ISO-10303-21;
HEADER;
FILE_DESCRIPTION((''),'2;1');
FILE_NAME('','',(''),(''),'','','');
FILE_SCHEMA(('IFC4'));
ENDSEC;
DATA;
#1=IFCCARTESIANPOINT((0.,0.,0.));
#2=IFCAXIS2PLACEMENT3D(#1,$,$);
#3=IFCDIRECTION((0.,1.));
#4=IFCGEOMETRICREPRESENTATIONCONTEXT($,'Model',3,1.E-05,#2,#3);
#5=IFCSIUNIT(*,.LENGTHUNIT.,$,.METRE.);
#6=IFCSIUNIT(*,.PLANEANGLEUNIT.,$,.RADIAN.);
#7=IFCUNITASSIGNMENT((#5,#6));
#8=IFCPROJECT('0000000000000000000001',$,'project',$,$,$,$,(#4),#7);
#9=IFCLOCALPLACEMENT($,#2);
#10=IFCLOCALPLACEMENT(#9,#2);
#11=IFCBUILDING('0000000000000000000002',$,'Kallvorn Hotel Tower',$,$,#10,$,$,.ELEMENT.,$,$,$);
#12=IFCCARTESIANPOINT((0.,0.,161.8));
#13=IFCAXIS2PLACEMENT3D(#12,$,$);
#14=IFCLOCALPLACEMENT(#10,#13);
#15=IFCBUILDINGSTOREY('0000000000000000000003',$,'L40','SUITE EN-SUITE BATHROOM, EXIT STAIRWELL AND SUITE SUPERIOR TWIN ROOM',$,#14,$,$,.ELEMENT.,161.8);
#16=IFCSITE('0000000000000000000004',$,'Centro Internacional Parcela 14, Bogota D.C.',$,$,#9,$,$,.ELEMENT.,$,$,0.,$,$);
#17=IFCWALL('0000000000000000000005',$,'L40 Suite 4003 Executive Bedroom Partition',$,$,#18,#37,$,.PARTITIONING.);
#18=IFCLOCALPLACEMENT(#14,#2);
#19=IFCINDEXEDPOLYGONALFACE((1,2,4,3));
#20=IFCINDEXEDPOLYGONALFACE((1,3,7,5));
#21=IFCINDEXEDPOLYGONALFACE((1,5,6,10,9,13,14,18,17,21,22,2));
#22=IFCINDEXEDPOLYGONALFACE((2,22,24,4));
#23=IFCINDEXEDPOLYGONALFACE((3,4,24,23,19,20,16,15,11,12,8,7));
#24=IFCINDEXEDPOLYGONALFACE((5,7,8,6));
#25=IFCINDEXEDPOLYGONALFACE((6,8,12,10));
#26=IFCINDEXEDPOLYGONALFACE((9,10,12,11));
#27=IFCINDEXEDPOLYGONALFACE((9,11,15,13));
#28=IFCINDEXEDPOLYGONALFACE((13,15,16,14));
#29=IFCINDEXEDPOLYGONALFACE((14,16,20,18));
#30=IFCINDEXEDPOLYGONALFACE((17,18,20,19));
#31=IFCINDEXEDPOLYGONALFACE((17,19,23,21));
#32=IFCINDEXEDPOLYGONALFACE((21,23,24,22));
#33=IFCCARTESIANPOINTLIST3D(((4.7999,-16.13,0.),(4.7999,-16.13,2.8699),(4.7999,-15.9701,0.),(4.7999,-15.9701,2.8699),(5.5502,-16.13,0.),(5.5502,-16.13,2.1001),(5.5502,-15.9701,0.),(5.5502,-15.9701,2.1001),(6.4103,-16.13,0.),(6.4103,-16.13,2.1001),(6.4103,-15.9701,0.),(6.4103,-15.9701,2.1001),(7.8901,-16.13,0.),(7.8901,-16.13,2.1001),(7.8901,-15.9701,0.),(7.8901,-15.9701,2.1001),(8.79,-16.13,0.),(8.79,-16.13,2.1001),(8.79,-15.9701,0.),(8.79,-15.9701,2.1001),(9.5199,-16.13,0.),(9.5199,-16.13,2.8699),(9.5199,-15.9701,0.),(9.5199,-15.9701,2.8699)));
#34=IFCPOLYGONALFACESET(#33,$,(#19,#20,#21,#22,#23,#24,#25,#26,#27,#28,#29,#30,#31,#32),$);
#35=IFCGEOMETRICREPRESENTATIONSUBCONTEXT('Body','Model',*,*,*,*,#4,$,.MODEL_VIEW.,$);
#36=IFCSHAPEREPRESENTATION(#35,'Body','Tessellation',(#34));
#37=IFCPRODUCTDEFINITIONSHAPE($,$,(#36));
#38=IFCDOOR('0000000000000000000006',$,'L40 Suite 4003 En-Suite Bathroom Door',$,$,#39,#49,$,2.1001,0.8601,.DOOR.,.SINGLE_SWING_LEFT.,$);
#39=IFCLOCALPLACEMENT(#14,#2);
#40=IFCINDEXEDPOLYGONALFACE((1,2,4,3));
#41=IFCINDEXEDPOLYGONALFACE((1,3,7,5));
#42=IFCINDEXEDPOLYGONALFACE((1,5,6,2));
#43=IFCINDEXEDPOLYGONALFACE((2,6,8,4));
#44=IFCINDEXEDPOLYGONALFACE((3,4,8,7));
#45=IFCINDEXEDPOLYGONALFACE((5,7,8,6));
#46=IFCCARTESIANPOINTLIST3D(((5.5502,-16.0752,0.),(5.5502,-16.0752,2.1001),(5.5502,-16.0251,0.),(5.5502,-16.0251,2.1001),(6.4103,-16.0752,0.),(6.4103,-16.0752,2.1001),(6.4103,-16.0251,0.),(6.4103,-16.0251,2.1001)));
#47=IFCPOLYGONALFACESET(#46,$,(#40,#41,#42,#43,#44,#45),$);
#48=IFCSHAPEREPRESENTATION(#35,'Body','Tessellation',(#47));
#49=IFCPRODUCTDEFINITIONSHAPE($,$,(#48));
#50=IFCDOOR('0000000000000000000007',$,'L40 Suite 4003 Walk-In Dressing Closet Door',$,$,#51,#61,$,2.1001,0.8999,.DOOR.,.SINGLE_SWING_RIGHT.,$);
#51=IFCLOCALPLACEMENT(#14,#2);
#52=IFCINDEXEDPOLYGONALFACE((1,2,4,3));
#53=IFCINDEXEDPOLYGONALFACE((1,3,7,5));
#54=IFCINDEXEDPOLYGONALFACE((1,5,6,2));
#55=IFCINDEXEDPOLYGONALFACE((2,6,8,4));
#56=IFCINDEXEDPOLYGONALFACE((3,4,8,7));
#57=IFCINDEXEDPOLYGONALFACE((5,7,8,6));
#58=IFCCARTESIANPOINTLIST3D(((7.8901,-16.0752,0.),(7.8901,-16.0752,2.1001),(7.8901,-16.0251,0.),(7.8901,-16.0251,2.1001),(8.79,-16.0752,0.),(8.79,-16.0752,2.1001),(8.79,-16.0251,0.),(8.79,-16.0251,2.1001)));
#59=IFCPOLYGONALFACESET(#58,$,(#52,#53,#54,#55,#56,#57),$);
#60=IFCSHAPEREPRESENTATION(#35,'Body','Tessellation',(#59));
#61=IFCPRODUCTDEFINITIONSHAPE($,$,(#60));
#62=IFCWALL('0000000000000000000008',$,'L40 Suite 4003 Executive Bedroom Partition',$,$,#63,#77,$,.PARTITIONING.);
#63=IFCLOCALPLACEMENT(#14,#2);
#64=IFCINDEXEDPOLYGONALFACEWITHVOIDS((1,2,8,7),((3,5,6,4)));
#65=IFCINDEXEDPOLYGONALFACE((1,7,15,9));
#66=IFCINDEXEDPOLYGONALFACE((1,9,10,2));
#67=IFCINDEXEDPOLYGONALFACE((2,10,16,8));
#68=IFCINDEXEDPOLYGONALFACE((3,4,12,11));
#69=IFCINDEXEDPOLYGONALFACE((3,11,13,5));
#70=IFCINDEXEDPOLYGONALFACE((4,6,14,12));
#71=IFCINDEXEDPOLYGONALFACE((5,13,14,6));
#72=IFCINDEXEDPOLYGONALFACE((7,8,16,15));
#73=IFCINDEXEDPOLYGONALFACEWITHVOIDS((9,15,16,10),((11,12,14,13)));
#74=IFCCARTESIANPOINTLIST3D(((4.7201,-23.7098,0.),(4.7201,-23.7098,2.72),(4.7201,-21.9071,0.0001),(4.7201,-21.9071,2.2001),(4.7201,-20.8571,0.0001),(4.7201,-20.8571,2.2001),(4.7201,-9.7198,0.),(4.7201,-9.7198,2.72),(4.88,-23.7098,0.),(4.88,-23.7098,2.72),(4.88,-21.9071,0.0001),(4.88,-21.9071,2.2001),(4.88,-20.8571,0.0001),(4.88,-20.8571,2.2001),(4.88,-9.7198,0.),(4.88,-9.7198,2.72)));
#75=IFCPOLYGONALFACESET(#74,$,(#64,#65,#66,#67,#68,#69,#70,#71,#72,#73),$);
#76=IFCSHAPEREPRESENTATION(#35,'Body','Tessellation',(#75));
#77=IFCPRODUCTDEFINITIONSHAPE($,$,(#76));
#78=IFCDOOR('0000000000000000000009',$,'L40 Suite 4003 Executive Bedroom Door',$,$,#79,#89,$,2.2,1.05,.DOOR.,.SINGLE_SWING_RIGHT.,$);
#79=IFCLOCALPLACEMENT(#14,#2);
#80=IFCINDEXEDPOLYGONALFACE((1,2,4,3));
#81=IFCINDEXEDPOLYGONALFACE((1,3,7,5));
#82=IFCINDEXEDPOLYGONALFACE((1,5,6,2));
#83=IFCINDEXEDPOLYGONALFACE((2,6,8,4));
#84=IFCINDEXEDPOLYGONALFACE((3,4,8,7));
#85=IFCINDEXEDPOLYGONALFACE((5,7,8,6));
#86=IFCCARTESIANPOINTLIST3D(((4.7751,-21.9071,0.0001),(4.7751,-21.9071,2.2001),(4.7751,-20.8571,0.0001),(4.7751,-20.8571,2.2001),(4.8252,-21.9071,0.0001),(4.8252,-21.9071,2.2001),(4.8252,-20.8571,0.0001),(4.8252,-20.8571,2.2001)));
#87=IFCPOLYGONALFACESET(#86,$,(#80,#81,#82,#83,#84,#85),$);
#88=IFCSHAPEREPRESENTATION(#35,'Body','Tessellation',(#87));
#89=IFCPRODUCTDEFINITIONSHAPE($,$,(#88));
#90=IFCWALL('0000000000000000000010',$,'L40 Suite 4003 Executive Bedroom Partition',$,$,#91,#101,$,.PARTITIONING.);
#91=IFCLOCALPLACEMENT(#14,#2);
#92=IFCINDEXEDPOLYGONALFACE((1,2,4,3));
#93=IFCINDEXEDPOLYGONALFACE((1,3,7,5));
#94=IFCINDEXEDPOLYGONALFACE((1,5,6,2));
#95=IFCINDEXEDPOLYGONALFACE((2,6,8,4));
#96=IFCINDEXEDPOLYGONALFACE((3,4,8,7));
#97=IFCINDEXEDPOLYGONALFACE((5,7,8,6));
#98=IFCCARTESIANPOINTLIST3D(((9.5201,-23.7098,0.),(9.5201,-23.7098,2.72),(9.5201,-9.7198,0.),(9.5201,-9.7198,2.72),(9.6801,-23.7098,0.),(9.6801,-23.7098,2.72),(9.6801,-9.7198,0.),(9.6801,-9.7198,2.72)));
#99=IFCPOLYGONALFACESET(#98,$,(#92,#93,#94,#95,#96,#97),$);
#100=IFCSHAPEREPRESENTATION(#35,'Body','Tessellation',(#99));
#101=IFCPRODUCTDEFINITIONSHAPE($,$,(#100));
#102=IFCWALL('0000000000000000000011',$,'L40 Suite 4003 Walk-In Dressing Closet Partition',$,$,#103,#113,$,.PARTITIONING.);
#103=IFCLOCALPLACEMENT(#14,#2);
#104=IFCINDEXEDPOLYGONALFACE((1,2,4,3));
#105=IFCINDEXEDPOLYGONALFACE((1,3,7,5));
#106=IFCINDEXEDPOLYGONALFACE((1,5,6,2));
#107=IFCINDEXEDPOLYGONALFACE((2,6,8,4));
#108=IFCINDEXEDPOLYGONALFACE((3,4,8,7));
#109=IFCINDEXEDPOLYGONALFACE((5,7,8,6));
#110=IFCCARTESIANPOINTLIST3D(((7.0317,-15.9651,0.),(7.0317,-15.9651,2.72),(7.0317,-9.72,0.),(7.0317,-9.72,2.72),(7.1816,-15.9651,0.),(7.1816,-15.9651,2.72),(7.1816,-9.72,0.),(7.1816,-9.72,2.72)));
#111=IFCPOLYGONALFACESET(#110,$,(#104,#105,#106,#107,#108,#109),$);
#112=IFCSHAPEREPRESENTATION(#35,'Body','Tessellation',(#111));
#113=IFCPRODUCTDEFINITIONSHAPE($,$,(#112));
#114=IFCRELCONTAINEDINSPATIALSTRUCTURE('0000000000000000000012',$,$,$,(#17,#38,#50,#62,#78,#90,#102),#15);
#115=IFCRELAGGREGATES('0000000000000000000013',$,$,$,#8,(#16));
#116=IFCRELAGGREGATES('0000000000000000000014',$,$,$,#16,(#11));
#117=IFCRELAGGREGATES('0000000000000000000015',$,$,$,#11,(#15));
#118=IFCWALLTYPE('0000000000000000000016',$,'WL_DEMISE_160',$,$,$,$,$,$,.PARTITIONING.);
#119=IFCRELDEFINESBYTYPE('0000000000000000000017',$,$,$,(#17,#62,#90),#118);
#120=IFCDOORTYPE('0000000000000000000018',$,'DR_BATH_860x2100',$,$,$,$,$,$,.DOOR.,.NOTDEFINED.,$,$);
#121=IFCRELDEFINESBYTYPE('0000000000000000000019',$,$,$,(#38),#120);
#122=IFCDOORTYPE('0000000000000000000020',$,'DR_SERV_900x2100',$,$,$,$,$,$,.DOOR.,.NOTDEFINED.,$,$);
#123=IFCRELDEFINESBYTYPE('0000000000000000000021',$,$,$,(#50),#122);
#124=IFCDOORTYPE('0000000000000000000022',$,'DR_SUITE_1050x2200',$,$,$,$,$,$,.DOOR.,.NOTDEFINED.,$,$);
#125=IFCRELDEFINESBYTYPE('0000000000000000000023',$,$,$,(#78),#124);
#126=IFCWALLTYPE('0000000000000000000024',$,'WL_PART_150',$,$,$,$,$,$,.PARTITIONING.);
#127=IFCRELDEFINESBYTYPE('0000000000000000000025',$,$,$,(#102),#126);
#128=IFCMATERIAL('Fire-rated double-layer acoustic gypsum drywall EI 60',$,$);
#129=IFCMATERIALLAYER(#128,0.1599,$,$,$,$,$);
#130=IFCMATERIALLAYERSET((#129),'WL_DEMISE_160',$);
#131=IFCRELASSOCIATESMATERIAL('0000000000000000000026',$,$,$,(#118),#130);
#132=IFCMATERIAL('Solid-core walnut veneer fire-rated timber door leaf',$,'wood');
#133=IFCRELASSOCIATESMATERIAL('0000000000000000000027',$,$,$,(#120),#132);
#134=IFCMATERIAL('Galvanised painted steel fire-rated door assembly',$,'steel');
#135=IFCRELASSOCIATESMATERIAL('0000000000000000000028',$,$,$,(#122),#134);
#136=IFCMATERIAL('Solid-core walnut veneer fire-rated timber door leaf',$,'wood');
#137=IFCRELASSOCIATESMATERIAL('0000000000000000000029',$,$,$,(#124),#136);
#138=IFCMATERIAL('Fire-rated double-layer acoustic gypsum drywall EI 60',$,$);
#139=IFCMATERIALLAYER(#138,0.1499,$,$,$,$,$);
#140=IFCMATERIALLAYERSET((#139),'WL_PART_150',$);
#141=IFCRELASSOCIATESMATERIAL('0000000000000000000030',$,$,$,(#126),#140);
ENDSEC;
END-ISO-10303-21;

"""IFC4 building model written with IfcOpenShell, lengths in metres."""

from ifc_helpers import new_model, si_unit, direction, frame, frame_2d, origin, place, context, subcontext, project, spatial, rectangle, extrude, material, layer, layer_set, type_object, element, fill, save


model = new_model("IFC4")

# Units and contexts
model_context = context("Model", 3, precision=1e-05, world=origin(), true_north=direction((0.0, 1.0)))
body_context = subcontext(model_context, "Body", "Model", "MODEL_VIEW")
ifc_project = project(units=[si_unit("LENGTHUNIT", "METRE"), si_unit("PLANEANGLEUNIT", "RADIAN")], contexts=[model_context])

# Site, building, storey
site_placement = place(None, origin())
site = spatial("IfcSite", under=ifc_project, at=site_placement, Name="Centro Internacional Parcela 14, Bogota D.C.", CompositionType="ELEMENT", RefElevation=0.0)
building_placement = place(site_placement, origin())
building = spatial("IfcBuilding", under=site, at=building_placement, Name="Kallvorn Hotel Tower", CompositionType="ELEMENT")
storey_placement = place(building_placement, frame((0.0, 0.0, 161.8)))
storey = spatial("IfcBuildingStorey", under=building, at=storey_placement, Name="L40", Description="SUITE EN-SUITE BATHROOM, EXIT STAIRWELL AND SUITE SUPERIOR TWIN ROOM", CompositionType="ELEMENT", Elevation=161.8)

# Wall, openings, doors
ifc_material_1 = material(Name="Fire-rated double-layer acoustic gypsum drywall EI 60")
ifc_layer_1 = layer(ifc_material_1, 0.1599)
ifc_layer_set_1 = layer_set([ifc_layer_1], Name="WL_DEMISE_160")
wall_type_1 = type_object("IfcWallType", Name="WL_DEMISE_160", PredefinedType="PARTITIONING", material=ifc_layer_set_1)
wall_1_placement = place(storey_placement, frame((4.8, -16.05, 0.0), z_axis=(0.0, 0.0, 1.0), x_axis=(1.0, 0.0, 0.0)))
wall_1 = element("IfcWall", 1, at=wall_1_placement, inside=storey, type_object=wall_type_1, Name="L40 Suite 4003 Executive Bedroom Partition", PredefinedType="PARTITIONING", context=body_context, shape_type="SweptSolid", body=[
    extrude(rectangle(XDim=4.72, YDim=0.1599, at=frame_2d((2.3599, 0.0))), origin(), (0.0, 0.0, 1.0), 2.8699),
])
opening_1_placement = place(wall_1_placement, frame((0.75, 0.0, 0.0)))
opening_1 = element("IfcOpeningElement", 2, at=opening_1_placement, cuts=wall_1, PredefinedType="OPENING", context=body_context, shape_type="SweptSolid", body=[
    extrude(rectangle(XDim=0.8601, YDim=2.1001, at=frame_2d((0.4302, 1.05))), frame((0.0, 0.095, 0.0), z_axis=(0.0, -1.0, 0.0), x_axis=(1.0, 0.0, 0.0)), (0.0, 0.0, 1.0), 0.1899),
])
opening_2_placement = place(wall_1_placement, frame((3.0901, 0.0, 0.0)))
opening_2 = element("IfcOpeningElement", 3, at=opening_2_placement, cuts=wall_1, PredefinedType="OPENING", context=body_context, shape_type="SweptSolid", body=[
    extrude(rectangle(XDim=0.8999, YDim=2.1001, at=frame_2d((0.45, 1.05))), frame((0.0, 0.095, 0.0), z_axis=(0.0, -1.0, 0.0), x_axis=(1.0, 0.0, 0.0)), (0.0, 0.0, 1.0), 0.1899),
])
ifc_material_2 = material(Name="Solid-core walnut veneer fire-rated timber door leaf", Category="wood")
door_type_1 = type_object("IfcDoorType", Name="DR_BATH_860x2100", OperationType="NOTDEFINED", PredefinedType="DOOR", material=ifc_material_2)
door_1_placement = place(opening_1_placement, origin())
door_1 = element("IfcDoor", 4, at=door_1_placement, inside=storey, type_object=door_type_1, Name="L40 Suite 4003 En-Suite Bathroom Door", OperationType="SINGLE_SWING_LEFT", OverallHeight=2.1001, OverallWidth=0.8601, PredefinedType="DOOR", context=body_context, shape_type="SweptSolid", body=[
    extrude(rectangle(XDim=0.8601, YDim=2.1001, at=frame_2d((0.4302, 1.05))), frame((0.0, 0.0249, 0.0), z_axis=(0.0, -1.0, 0.0), x_axis=(1.0, 0.0, 0.0)), (0.0, 0.0, 1.0), 0.05),
])
fill(opening_1, door_1)
ifc_material_3 = material(Name="Galvanised painted steel fire-rated door assembly", Category="steel")
door_type_2 = type_object("IfcDoorType", Name="DR_SERV_900x2100", OperationType="NOTDEFINED", PredefinedType="DOOR", material=ifc_material_3)
door_2_placement = place(opening_2_placement, origin())
door_2 = element("IfcDoor", 5, at=door_2_placement, inside=storey, type_object=door_type_2, Name="L40 Suite 4003 Walk-In Dressing Closet Door", OperationType="SINGLE_SWING_RIGHT", OverallHeight=2.1001, OverallWidth=0.8999, PredefinedType="DOOR", context=body_context, shape_type="SweptSolid", body=[
    extrude(rectangle(XDim=0.8999, YDim=2.1001, at=frame_2d((0.45, 1.05))), frame((0.0, 0.0249, 0.0), z_axis=(0.0, -1.0, 0.0), x_axis=(1.0, 0.0, 0.0)), (0.0, 0.0, 1.0), 0.05),
])
fill(opening_2, door_2)

# Wall, opening, door
wall_2_placement = place(storey_placement, frame((4.8, -23.71, 0.0), z_axis=(0.0, 0.0, 1.0), x_axis=(0.0, 1.0, 0.0)))
wall_2 = element("IfcWall", 6, at=wall_2_placement, inside=storey, type_object=wall_type_1, Name="L40 Suite 4003 Executive Bedroom Partition", PredefinedType="PARTITIONING", context=body_context, shape_type="SweptSolid", body=[
    extrude(rectangle(XDim=13.99, YDim=0.1599, at=frame_2d((6.9951, 0.0))), origin(), (0.0, 0.0, 1.0), 2.72),
])
opening_3_placement = place(wall_2_placement, frame((1.803, 0.0, 0.0)))
opening_3 = element("IfcOpeningElement", 7, at=opening_3_placement, cuts=wall_2, PredefinedType="OPENING", context=body_context, shape_type="SweptSolid", body=[
    extrude(rectangle(XDim=1.05, YDim=2.2, at=frame_2d((0.5249, 1.1001))), frame((0.0, 0.095, 0.0), z_axis=(0.0, -1.0, 0.0), x_axis=(1.0, 0.0, 0.0)), (0.0, 0.0, 1.0), 0.1899),
])
ifc_material_4 = material(Name="Solid-core walnut veneer fire-rated timber door leaf", Category="wood")
door_type_3 = type_object("IfcDoorType", Name="DR_SUITE_1050x2200", OperationType="NOTDEFINED", PredefinedType="DOOR", material=ifc_material_4)
door_3_placement = place(opening_3_placement, origin())
door_3 = element("IfcDoor", 8, at=door_3_placement, inside=storey, type_object=door_type_3, Name="L40 Suite 4003 Executive Bedroom Door", OperationType="SINGLE_SWING_RIGHT", OverallHeight=2.2, OverallWidth=1.05, PredefinedType="DOOR", context=body_context, shape_type="SweptSolid", body=[
    extrude(rectangle(XDim=1.05, YDim=2.2, at=frame_2d((0.5249, 1.1001))), frame((0.0, 0.0249, 0.0), z_axis=(0.0, -1.0, 0.0), x_axis=(1.0, 0.0, 0.0)), (0.0, 0.0, 1.0), 0.05),
])
fill(opening_3, door_3)

# Walls
wall_3_placement = place(storey_placement, frame((9.6001, -23.71, 0.0), z_axis=(0.0, 0.0, 1.0), x_axis=(0.0, 1.0, 0.0)))
element("IfcWall", 9, at=wall_3_placement, inside=storey, type_object=wall_type_1, Name="L40 Suite 4003 Executive Bedroom Partition", PredefinedType="PARTITIONING", context=body_context, shape_type="SweptSolid", body=[
    extrude(rectangle(XDim=13.99, YDim=0.1599, at=frame_2d((6.9951, 0.0))), origin(), (0.0, 0.0, 1.0), 2.72),
])
ifc_material_5 = material(Name="Fire-rated double-layer acoustic gypsum drywall EI 60")
ifc_layer_2 = layer(ifc_material_5, 0.1499)
ifc_layer_set_2 = layer_set([ifc_layer_2], Name="WL_PART_150")
wall_type_2 = type_object("IfcWallType", Name="WL_PART_150", PredefinedType="PARTITIONING", material=ifc_layer_set_2)
wall_4_placement = place(storey_placement, frame((7.1067, -15.9651, 0.0), z_axis=(0.0, 0.0, 1.0), x_axis=(0.0, 1.0, 0.0)))
element("IfcWall", 10, at=wall_4_placement, inside=storey, type_object=wall_type_2, Name="L40 Suite 4003 Walk-In Dressing Closet Partition", PredefinedType="PARTITIONING", context=body_context, shape_type="SweptSolid", body=[
    extrude(rectangle(XDim=6.2451, YDim=0.1499, at=frame_2d((3.1226, 0.0))), origin(), (0.0, 0.0, 1.0), 2.72),
])

save(model, "model.ifc")
